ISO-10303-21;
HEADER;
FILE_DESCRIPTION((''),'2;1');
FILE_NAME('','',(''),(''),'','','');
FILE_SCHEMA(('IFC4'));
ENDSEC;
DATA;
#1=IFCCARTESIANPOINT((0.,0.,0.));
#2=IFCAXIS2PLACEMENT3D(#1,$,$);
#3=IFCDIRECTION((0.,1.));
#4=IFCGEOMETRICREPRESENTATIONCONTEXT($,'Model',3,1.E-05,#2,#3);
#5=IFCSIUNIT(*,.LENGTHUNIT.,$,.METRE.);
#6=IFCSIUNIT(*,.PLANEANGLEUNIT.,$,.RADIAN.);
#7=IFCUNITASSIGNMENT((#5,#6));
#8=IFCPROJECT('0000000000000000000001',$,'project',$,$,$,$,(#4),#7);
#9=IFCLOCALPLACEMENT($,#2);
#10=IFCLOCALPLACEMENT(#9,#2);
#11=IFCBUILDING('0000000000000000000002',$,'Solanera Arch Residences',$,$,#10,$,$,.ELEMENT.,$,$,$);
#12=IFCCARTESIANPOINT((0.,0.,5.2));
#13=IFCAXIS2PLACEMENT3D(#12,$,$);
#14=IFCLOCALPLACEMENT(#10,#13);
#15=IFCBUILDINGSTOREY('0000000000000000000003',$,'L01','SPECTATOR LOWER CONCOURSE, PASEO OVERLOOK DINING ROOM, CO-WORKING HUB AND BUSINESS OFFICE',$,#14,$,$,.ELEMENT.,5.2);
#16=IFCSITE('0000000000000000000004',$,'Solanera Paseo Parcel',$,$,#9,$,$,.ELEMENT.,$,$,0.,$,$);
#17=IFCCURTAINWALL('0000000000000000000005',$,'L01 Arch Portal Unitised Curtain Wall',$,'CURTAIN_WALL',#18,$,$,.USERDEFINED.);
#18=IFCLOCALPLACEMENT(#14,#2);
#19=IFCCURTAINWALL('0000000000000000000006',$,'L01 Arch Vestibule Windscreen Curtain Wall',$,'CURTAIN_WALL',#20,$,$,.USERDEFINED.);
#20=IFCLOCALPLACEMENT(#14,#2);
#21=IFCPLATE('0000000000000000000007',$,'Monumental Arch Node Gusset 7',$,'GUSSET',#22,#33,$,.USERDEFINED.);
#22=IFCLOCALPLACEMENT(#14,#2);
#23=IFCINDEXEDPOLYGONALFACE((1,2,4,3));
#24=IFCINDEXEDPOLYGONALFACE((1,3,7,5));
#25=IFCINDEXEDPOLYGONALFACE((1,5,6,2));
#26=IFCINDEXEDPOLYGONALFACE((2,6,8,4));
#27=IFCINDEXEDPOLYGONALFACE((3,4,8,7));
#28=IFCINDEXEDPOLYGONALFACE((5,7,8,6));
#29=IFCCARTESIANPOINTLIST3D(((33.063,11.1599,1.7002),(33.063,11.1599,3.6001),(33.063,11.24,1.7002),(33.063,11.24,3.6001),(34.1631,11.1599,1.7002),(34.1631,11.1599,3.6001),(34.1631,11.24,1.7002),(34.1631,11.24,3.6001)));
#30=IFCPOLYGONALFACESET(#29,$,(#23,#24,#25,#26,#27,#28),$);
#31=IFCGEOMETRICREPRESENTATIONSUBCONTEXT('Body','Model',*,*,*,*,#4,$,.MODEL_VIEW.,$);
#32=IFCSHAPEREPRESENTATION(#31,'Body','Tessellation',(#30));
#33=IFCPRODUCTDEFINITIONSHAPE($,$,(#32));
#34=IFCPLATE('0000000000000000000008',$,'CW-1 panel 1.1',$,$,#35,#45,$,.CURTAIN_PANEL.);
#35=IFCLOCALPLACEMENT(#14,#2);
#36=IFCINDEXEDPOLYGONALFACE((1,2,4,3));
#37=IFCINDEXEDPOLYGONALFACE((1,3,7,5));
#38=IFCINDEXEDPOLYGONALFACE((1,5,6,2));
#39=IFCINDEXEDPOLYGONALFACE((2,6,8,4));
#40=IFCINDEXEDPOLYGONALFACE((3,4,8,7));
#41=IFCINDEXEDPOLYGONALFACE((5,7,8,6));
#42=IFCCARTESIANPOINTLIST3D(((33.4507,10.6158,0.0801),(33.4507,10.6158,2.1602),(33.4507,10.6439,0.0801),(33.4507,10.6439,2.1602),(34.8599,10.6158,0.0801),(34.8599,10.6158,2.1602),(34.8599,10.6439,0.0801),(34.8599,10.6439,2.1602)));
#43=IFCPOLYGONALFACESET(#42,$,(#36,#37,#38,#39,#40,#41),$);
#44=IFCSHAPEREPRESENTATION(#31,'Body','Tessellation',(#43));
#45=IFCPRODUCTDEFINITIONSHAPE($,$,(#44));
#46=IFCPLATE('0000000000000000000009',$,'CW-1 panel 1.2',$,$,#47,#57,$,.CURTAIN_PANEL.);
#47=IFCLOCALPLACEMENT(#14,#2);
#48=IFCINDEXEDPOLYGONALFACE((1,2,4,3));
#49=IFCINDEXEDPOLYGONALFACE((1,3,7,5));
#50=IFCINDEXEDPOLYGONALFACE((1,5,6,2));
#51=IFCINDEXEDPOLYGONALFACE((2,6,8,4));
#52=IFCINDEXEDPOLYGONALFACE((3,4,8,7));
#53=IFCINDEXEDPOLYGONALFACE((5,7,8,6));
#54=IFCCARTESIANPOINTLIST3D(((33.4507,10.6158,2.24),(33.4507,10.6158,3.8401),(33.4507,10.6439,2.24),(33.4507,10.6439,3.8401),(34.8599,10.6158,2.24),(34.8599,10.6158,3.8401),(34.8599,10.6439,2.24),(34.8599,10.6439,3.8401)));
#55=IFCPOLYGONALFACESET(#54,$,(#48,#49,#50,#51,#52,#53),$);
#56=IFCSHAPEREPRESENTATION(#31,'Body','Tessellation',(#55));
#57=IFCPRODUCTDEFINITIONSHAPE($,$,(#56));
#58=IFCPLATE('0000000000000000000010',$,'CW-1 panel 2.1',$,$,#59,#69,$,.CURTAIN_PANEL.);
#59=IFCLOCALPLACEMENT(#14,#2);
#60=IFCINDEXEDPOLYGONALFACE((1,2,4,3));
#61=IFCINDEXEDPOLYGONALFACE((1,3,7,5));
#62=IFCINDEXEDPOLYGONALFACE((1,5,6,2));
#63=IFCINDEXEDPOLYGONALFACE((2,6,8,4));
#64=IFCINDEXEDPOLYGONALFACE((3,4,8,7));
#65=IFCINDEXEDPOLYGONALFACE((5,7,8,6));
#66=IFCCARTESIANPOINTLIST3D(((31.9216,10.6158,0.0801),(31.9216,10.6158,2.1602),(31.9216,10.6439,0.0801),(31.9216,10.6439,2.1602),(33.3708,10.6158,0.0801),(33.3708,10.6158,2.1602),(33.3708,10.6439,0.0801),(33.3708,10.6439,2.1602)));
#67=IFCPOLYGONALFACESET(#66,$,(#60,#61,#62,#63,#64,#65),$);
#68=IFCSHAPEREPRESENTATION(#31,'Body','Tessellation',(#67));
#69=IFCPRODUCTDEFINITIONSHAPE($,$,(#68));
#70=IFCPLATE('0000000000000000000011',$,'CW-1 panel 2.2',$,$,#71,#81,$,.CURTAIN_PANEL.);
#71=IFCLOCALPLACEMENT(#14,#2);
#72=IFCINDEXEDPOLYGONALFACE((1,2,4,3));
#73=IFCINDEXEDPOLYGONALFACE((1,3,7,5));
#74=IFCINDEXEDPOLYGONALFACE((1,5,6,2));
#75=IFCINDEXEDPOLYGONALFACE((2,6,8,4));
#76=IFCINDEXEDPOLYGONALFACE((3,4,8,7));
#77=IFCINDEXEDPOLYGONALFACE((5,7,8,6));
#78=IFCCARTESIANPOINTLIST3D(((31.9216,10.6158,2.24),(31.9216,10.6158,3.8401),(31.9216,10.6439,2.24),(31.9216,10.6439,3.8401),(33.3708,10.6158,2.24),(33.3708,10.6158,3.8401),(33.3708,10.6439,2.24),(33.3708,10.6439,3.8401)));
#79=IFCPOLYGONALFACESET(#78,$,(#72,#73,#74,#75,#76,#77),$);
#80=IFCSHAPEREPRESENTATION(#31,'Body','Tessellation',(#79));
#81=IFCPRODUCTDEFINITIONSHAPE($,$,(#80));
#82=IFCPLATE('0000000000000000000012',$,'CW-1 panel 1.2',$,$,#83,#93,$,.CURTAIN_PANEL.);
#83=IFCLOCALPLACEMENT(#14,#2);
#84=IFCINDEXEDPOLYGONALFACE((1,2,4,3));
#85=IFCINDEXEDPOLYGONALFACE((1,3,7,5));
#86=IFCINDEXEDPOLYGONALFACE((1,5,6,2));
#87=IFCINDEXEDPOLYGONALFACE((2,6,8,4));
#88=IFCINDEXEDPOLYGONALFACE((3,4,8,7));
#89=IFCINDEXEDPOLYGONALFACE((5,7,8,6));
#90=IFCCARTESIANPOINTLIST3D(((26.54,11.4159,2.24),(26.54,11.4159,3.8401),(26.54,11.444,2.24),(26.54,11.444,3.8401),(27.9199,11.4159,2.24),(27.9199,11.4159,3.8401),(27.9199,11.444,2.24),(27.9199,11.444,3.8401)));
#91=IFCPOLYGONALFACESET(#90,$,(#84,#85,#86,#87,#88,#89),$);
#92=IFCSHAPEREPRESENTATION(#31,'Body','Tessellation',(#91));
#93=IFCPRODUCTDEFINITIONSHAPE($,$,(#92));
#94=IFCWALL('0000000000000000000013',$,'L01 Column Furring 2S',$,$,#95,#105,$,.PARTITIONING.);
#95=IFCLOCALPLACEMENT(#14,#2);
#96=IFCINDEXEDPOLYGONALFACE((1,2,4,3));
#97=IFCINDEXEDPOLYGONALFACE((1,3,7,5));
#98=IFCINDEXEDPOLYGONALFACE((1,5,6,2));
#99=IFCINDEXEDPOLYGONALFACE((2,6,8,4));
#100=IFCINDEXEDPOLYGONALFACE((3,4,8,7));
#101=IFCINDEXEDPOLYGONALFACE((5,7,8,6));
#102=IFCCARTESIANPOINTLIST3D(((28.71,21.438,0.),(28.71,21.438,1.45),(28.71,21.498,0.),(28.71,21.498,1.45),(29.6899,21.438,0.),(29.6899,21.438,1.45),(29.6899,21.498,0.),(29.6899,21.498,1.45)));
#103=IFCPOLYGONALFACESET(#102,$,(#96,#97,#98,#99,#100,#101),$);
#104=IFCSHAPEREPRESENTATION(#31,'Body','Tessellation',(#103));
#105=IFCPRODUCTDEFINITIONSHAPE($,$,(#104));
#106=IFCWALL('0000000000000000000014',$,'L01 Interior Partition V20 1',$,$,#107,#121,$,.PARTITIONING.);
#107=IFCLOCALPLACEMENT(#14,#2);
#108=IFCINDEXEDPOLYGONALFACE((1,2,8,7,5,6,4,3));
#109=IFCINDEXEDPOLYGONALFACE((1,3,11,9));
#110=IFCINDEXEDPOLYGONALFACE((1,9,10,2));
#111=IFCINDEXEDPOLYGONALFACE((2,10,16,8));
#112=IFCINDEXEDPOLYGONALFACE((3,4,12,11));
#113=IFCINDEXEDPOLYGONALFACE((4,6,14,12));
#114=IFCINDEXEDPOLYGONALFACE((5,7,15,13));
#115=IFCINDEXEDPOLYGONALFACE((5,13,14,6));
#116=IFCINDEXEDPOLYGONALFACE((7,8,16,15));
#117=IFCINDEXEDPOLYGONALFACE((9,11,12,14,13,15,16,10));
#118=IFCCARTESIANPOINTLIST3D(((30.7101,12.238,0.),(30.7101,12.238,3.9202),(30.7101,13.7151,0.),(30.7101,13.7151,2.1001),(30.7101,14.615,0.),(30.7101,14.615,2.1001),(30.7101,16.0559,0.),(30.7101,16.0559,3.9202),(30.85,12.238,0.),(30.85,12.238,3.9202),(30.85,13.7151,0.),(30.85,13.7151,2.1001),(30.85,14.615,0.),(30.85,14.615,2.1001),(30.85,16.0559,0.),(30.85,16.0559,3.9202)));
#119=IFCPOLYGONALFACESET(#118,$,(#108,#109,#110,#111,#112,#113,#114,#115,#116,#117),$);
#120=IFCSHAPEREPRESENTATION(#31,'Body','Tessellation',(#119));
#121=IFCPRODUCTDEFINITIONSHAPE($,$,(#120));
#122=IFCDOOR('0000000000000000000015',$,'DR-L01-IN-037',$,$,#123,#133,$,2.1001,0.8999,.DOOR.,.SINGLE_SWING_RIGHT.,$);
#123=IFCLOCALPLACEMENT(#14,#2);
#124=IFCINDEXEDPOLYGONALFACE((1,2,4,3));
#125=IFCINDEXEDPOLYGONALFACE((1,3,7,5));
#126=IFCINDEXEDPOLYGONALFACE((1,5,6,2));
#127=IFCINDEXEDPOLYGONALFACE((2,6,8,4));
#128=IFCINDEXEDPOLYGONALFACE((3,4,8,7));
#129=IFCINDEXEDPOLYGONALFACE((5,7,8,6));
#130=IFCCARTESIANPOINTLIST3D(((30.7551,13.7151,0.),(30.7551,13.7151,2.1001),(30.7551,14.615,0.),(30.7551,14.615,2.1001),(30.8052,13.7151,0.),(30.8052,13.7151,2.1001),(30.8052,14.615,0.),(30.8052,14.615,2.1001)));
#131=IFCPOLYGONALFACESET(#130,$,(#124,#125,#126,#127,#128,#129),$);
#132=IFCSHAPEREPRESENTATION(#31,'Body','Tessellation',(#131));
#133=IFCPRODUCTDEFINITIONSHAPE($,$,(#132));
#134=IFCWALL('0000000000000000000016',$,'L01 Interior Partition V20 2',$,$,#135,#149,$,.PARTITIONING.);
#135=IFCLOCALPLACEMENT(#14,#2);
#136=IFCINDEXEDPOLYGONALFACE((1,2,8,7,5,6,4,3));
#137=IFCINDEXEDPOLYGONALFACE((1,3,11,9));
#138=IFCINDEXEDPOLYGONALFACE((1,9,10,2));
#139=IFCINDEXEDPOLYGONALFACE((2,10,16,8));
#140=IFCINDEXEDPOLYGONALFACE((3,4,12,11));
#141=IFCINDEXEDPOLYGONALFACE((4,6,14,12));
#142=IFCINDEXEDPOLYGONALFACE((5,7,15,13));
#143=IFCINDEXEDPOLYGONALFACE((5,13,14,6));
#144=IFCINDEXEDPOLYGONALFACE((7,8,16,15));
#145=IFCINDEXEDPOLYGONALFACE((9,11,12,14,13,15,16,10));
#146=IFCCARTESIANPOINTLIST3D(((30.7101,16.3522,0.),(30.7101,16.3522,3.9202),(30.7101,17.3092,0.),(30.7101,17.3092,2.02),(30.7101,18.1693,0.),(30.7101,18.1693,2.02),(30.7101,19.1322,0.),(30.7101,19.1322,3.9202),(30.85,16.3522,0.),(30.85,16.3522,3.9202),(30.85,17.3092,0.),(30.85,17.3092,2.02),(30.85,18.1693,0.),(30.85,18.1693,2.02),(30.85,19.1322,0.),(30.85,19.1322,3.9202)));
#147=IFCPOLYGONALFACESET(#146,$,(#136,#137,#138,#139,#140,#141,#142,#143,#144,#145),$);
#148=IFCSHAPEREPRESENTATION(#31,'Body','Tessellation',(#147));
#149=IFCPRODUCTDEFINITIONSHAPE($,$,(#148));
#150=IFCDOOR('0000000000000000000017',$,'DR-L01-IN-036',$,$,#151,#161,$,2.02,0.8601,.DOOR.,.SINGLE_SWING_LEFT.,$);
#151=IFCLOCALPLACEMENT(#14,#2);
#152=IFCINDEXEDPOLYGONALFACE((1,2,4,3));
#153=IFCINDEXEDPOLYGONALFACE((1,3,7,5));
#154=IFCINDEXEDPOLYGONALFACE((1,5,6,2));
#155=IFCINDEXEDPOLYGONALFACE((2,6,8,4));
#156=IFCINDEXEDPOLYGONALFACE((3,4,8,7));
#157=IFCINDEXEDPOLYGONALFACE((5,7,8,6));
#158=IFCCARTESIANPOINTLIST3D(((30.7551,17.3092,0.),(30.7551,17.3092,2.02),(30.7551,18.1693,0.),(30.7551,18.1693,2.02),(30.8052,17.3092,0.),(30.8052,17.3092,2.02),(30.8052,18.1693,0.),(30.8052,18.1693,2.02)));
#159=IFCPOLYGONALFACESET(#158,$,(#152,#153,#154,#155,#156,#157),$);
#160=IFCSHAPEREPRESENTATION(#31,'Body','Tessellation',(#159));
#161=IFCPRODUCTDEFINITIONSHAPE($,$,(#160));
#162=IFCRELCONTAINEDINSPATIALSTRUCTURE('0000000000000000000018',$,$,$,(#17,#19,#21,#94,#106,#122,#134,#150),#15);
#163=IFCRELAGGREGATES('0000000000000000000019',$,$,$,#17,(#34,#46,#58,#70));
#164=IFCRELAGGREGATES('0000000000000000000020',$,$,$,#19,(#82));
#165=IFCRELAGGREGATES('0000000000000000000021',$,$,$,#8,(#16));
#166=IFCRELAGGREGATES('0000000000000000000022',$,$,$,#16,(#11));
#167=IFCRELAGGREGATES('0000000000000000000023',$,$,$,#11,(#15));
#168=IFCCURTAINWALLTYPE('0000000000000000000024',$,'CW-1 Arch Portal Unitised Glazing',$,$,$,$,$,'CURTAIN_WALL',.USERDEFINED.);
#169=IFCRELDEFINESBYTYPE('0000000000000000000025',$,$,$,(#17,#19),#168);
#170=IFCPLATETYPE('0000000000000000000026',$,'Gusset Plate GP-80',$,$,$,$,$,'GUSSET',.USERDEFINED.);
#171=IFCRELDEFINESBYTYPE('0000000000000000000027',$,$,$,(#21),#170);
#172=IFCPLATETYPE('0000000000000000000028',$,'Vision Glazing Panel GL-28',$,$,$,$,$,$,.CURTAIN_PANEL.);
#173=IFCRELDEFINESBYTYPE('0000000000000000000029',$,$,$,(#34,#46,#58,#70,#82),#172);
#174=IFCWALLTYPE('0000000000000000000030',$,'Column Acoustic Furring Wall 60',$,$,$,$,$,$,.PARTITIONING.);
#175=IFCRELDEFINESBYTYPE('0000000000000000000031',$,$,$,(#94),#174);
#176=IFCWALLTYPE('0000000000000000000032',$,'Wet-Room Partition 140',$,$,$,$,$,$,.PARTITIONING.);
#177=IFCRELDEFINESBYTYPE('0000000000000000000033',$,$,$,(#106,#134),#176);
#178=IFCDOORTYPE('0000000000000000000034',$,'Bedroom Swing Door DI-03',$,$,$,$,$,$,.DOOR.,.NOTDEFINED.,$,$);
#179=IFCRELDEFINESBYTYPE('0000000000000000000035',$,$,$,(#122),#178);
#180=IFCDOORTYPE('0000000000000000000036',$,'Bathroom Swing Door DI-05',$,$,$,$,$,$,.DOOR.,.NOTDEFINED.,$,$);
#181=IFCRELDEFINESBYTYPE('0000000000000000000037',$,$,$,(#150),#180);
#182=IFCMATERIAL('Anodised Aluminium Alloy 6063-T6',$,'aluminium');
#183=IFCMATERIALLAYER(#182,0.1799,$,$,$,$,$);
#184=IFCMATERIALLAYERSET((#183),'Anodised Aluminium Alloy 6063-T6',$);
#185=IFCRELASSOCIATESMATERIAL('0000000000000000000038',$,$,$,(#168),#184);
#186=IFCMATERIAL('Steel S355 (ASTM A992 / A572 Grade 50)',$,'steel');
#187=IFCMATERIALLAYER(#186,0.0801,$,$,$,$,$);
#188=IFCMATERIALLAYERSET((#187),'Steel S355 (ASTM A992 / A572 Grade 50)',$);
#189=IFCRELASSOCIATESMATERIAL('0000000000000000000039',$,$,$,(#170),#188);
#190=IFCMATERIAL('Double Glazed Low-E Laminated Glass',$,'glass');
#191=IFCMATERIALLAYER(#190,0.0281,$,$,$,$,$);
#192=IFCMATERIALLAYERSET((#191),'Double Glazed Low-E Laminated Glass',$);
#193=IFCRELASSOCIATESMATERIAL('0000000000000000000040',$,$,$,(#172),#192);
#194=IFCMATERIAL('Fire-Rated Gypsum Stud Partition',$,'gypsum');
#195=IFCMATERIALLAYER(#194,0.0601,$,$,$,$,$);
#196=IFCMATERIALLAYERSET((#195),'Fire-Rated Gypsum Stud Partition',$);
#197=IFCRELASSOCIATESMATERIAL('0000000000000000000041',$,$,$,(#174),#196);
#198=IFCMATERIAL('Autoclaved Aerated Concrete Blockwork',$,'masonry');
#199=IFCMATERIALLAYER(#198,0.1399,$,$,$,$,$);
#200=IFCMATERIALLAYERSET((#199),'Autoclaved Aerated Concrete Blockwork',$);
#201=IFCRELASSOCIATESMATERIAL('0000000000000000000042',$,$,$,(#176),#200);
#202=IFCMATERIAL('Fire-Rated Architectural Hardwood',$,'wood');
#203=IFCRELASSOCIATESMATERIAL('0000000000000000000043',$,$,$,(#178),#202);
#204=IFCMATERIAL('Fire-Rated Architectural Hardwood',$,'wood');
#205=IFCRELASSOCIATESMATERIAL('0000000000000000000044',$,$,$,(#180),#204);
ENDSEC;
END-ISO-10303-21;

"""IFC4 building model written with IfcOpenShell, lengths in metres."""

from ifc_helpers import new_model, si_unit, direction, frame, frame_2d, origin, origin_2d, place, context, subcontext, project, spatial, rectangle, extrude, material, layer, layer_set, type_object, element, fill, aggregate, save


model = new_model("IFC4")

# Units and contexts
model_context = context("Model", 3, precision=1e-05, world=origin(), true_north=direction((0.0, 1.0)))
body_context = subcontext(model_context, "Body", "Model", "MODEL_VIEW")
ifc_project = project(units=[si_unit("LENGTHUNIT", "METRE"), si_unit("PLANEANGLEUNIT", "RADIAN")], contexts=[model_context])

# Site, building, storey
site_placement = place(None, origin())
site = spatial("IfcSite", under=ifc_project, at=site_placement, Name="Solanera Paseo Parcel", CompositionType="ELEMENT", RefElevation=0.0)
building_placement = place(site_placement, origin())
building = spatial("IfcBuilding", under=site, at=building_placement, Name="Solanera Arch Residences", CompositionType="ELEMENT")
storey_placement = place(building_placement, frame((0.0, 0.0, 5.2)))
storey = spatial("IfcBuildingStorey", under=building, at=storey_placement, Name="L01", Description="SPECTATOR LOWER CONCOURSE, PASEO OVERLOOK DINING ROOM, CO-WORKING HUB AND BUSINESS OFFICE", CompositionType="ELEMENT", Elevation=5.2)

# Curtain wall
ifc_material_1 = material(Name="Anodised Aluminium Alloy 6063-T6", Category="aluminium")
ifc_layer_1 = layer(ifc_material_1, 0.1799)
ifc_layer_set_1 = layer_set([ifc_layer_1], Name="Anodised Aluminium Alloy 6063-T6")
curtain_wall_type = type_object("IfcCurtainWallType", Name="CW-1 Arch Portal Unitised Glazing", ElementType="CURTAIN_WALL", PredefinedType="USERDEFINED", material=ifc_layer_set_1)
curtain_wall_1_placement = place(storey_placement, origin())
curtain_wall_1 = element("IfcCurtainWall", 1, at=curtain_wall_1_placement, inside=storey, type_object=curtain_wall_type, Name="L01 Arch Portal Unitised Curtain Wall", ObjectType="CURTAIN_WALL", PredefinedType="USERDEFINED")

# Curtain wall
curtain_wall_2_placement = place(storey_placement, origin())
curtain_wall_2 = element("IfcCurtainWall", 2, at=curtain_wall_2_placement, inside=storey, type_object=curtain_wall_type, Name="L01 Arch Vestibule Windscreen Curtain Wall", ObjectType="CURTAIN_WALL", PredefinedType="USERDEFINED")

# Plates
ifc_material_2 = material(Name="Steel S355 (ASTM A992 / A572 Grade 50)", Category="steel")
ifc_layer_2 = layer(ifc_material_2, 0.0801)
ifc_layer_set_2 = layer_set([ifc_layer_2], Name="Steel S355 (ASTM A992 / A572 Grade 50)")
plate_type_1 = type_object("IfcPlateType", Name="Gusset Plate GP-80", ElementType="GUSSET", PredefinedType="USERDEFINED", material=ifc_layer_set_2)
plate_1_placement = place(storey_placement, frame((33.613, 11.2, 1.7002), z_axis=(0.0, 0.0, 1.0), x_axis=(1.0, 0.0, 0.0)))
element("IfcPlate", 3, at=plate_1_placement, inside=storey, type_object=plate_type_1, Name="Monumental Arch Node Gusset 7", ObjectType="GUSSET", PredefinedType="USERDEFINED", context=body_context, shape_type="SweptSolid", body=[
    extrude(rectangle(XDim=1.1001, YDim=0.0801, at=origin_2d()), origin(), (0.0, 0.0, 1.0), 1.8999),
])
ifc_material_3 = material(Name="Double Glazed Low-E Laminated Glass", Category="glass")
ifc_layer_3 = layer(ifc_material_3, 0.0281)
ifc_layer_set_3 = layer_set([ifc_layer_3], Name="Double Glazed Low-E Laminated Glass")
plate_type_2 = type_object("IfcPlateType", Name="Vision Glazing Panel GL-28", PredefinedType="CURTAIN_PANEL", material=ifc_layer_set_3)
plate_2_placement = place(storey_placement, frame((34.1553, 10.6299, 0.0801), z_axis=(0.0, 0.0, 1.0), x_axis=(-1.0, 0.0, 0.0)))
plate_2 = element("IfcPlate", 4, at=plate_2_placement, type_object=plate_type_2, Name="CW-1 panel 1.1", PredefinedType="CURTAIN_PANEL", context=body_context, shape_type="SweptSolid", body=[
    extrude(rectangle(XDim=1.4092, YDim=0.0281, at=origin_2d()), origin(), (0.0, 0.0, 1.0), 2.0801),
])
plate_3_placement = place(storey_placement, frame((34.1553, 10.6299, 2.24), z_axis=(0.0, 0.0, 1.0), x_axis=(-1.0, 0.0, 0.0)))
plate_3 = element("IfcPlate", 5, at=plate_3_placement, type_object=plate_type_2, Name="CW-1 panel 1.2", PredefinedType="CURTAIN_PANEL", context=body_context, shape_type="SweptSolid", body=[
    extrude(rectangle(XDim=1.4092, YDim=0.0281, at=origin_2d()), origin(), (0.0, 0.0, 1.0), 1.6001),
])
plate_4_placement = place(storey_placement, frame((32.6462, 10.6299, 0.0801), z_axis=(0.0, 0.0, 1.0), x_axis=(-1.0, 0.0, 0.0)))
plate_4 = element("IfcPlate", 6, at=plate_4_placement, type_object=plate_type_2, Name="CW-1 panel 2.1", PredefinedType="CURTAIN_PANEL", context=body_context, shape_type="SweptSolid", body=[
    extrude(rectangle(XDim=1.4492, YDim=0.0281, at=origin_2d()), origin(), (0.0, 0.0, 1.0), 2.0801),
])
plate_5_placement = place(storey_placement, frame((32.6462, 10.6299, 2.24), z_axis=(0.0, 0.0, 1.0), x_axis=(-1.0, 0.0, 0.0)))
plate_5 = element("IfcPlate", 7, at=plate_5_placement, type_object=plate_type_2, Name="CW-1 panel 2.2", PredefinedType="CURTAIN_PANEL", context=body_context, shape_type="SweptSolid", body=[
    extrude(rectangle(XDim=1.4492, YDim=0.0281, at=origin_2d()), origin(), (0.0, 0.0, 1.0), 1.6001),
])
aggregate(curtain_wall_1, [plate_2, plate_3, plate_4, plate_5])
plate_6_placement = place(storey_placement, frame((27.23, 11.4299, 2.24), z_axis=(0.0, 0.0, 1.0), x_axis=(-1.0, 0.0, 0.0)))
plate_6 = element("IfcPlate", 8, at=plate_6_placement, type_object=plate_type_2, Name="CW-1 panel 1.2", PredefinedType="CURTAIN_PANEL", context=body_context, shape_type="SweptSolid", body=[
    extrude(rectangle(XDim=1.3799, YDim=0.0281, at=origin_2d()), origin(), (0.0, 0.0, 1.0), 1.6001),
])
aggregate(curtain_wall_2, [plate_6])

# Wall
ifc_material_4 = material(Name="Fire-Rated Gypsum Stud Partition", Category="gypsum")
ifc_layer_4 = layer(ifc_material_4, 0.0601)
ifc_layer_set_4 = layer_set([ifc_layer_4], Name="Fire-Rated Gypsum Stud Partition")
wall_type_1 = type_object("IfcWallType", Name="Column Acoustic Furring Wall 60", PredefinedType="PARTITIONING", material=ifc_layer_set_4)
wall_1_placement = place(storey_placement, frame((28.71, 21.468, 0.0), z_axis=(0.0, 0.0, 1.0), x_axis=(1.0, 0.0, 0.0)))
element("IfcWall", 9, at=wall_1_placement, inside=storey, type_object=wall_type_1, Name="L01 Column Furring 2S", PredefinedType="PARTITIONING", context=body_context, shape_type="SweptSolid", body=[
    extrude(rectangle(XDim=0.98, YDim=0.0601, at=frame_2d((0.49, 0.0))), origin(), (0.0, 0.0, 1.0), 1.45),
])

# Walls, openings, doors
ifc_material_5 = material(Name="Autoclaved Aerated Concrete Blockwork", Category="masonry")
ifc_layer_5 = layer(ifc_material_5, 0.1399)
ifc_layer_set_5 = layer_set([ifc_layer_5], Name="Autoclaved Aerated Concrete Blockwork")
wall_type_2 = type_object("IfcWallType", Name="Wet-Room Partition 140", PredefinedType="PARTITIONING", material=ifc_layer_set_5)
wall_2_placement = place(storey_placement, frame((30.78, 12.238, 0.0), z_axis=(0.0, 0.0, 1.0), x_axis=(0.0, 1.0, 0.0)))
wall_2 = element("IfcWall", 10, at=wall_2_placement, inside=storey, type_object=wall_type_2, Name="L01 Interior Partition V20 1", PredefinedType="PARTITIONING", context=body_context, shape_type="SweptSolid", body=[
    extrude(rectangle(XDim=3.8179, YDim=0.1399, at=frame_2d((1.9089, 0.0))), origin(), (0.0, 0.0, 1.0), 3.9202),
])
opening_1_placement = place(wall_2_placement, frame((1.4771, 0.0, 0.0)))
opening_1 = element("IfcOpeningElement", 11, at=opening_1_placement, cuts=wall_2, PredefinedType="OPENING", context=body_context, shape_type="SweptSolid", body=[
    extrude(rectangle(XDim=0.8999, YDim=2.1001, at=frame_2d((0.45, 1.05))), frame((0.0, 0.0798, 0.0), z_axis=(0.0, -1.0, 0.0), x_axis=(1.0, 0.0, 0.0)), (0.0, 0.0, 1.0), 0.1599),
])
ifc_material_6 = material(Name="Fire-Rated Architectural Hardwood", Category="wood")
door_type_1 = type_object("IfcDoorType", Name="Bedroom Swing Door DI-03", OperationType="NOTDEFINED", PredefinedType="DOOR", material=ifc_material_6)
door_1_placement = place(opening_1_placement, origin())
door_1 = element("IfcDoor", 12, at=door_1_placement, inside=storey, type_object=door_type_1, Name="DR-L01-IN-037", OperationType="SINGLE_SWING_RIGHT", OverallHeight=2.1001, OverallWidth=0.8999, PredefinedType="DOOR", context=body_context, shape_type="SweptSolid", body=[
    extrude(rectangle(XDim=0.8999, YDim=2.1001, at=frame_2d((0.45, 1.05))), frame((0.0, 0.0249, 0.0), z_axis=(0.0, -1.0, 0.0), x_axis=(1.0, 0.0, 0.0)), (0.0, 0.0, 1.0), 0.05),
])
fill(opening_1, door_1)
wall_3_placement = place(storey_placement, frame((30.78, 16.3521, 0.0), z_axis=(0.0, 0.0, 1.0), x_axis=(0.0, 1.0, 0.0)))
wall_3 = element("IfcWall", 13, at=wall_3_placement, inside=storey, type_object=wall_type_2, Name="L01 Interior Partition V20 2", PredefinedType="PARTITIONING", context=body_context, shape_type="SweptSolid", body=[
    extrude(rectangle(XDim=2.78, YDim=0.1399, at=frame_2d((1.3901, 0.0))), origin(), (0.0, 0.0, 1.0), 3.9202),
])
opening_2_placement = place(wall_3_placement, frame((0.957, 0.0, 0.0)))
opening_2 = element("IfcOpeningElement", 14, at=opening_2_placement, cuts=wall_3, PredefinedType="OPENING", context=body_context, shape_type="SweptSolid", body=[
    extrude(rectangle(XDim=0.8601, YDim=2.02, at=frame_2d((0.4302, 1.01))), frame((0.0, 0.0798, 0.0), z_axis=(0.0, -1.0, 0.0), x_axis=(1.0, 0.0, 0.0)), (0.0, 0.0, 1.0), 0.1599),
])
ifc_material_7 = material(Name="Fire-Rated Architectural Hardwood", Category="wood")
door_type_2 = type_object("IfcDoorType", Name="Bathroom Swing Door DI-05", OperationType="NOTDEFINED", PredefinedType="DOOR", material=ifc_material_7)
door_2_placement = place(opening_2_placement, origin())
door_2 = element("IfcDoor", 15, at=door_2_placement, inside=storey, type_object=door_type_2, Name="DR-L01-IN-036", OperationType="SINGLE_SWING_LEFT", OverallHeight=2.02, OverallWidth=0.8601, PredefinedType="DOOR", context=body_context, shape_type="SweptSolid", body=[
    extrude(rectangle(XDim=0.8601, YDim=2.02, at=frame_2d((0.4302, 1.01))), frame((0.0, 0.0249, 0.0), z_axis=(0.0, -1.0, 0.0), x_axis=(1.0, 0.0, 0.0)), (0.0, 0.0, 1.0), 0.05),
])
fill(opening_2, door_2)

save(model, "model.ifc")
